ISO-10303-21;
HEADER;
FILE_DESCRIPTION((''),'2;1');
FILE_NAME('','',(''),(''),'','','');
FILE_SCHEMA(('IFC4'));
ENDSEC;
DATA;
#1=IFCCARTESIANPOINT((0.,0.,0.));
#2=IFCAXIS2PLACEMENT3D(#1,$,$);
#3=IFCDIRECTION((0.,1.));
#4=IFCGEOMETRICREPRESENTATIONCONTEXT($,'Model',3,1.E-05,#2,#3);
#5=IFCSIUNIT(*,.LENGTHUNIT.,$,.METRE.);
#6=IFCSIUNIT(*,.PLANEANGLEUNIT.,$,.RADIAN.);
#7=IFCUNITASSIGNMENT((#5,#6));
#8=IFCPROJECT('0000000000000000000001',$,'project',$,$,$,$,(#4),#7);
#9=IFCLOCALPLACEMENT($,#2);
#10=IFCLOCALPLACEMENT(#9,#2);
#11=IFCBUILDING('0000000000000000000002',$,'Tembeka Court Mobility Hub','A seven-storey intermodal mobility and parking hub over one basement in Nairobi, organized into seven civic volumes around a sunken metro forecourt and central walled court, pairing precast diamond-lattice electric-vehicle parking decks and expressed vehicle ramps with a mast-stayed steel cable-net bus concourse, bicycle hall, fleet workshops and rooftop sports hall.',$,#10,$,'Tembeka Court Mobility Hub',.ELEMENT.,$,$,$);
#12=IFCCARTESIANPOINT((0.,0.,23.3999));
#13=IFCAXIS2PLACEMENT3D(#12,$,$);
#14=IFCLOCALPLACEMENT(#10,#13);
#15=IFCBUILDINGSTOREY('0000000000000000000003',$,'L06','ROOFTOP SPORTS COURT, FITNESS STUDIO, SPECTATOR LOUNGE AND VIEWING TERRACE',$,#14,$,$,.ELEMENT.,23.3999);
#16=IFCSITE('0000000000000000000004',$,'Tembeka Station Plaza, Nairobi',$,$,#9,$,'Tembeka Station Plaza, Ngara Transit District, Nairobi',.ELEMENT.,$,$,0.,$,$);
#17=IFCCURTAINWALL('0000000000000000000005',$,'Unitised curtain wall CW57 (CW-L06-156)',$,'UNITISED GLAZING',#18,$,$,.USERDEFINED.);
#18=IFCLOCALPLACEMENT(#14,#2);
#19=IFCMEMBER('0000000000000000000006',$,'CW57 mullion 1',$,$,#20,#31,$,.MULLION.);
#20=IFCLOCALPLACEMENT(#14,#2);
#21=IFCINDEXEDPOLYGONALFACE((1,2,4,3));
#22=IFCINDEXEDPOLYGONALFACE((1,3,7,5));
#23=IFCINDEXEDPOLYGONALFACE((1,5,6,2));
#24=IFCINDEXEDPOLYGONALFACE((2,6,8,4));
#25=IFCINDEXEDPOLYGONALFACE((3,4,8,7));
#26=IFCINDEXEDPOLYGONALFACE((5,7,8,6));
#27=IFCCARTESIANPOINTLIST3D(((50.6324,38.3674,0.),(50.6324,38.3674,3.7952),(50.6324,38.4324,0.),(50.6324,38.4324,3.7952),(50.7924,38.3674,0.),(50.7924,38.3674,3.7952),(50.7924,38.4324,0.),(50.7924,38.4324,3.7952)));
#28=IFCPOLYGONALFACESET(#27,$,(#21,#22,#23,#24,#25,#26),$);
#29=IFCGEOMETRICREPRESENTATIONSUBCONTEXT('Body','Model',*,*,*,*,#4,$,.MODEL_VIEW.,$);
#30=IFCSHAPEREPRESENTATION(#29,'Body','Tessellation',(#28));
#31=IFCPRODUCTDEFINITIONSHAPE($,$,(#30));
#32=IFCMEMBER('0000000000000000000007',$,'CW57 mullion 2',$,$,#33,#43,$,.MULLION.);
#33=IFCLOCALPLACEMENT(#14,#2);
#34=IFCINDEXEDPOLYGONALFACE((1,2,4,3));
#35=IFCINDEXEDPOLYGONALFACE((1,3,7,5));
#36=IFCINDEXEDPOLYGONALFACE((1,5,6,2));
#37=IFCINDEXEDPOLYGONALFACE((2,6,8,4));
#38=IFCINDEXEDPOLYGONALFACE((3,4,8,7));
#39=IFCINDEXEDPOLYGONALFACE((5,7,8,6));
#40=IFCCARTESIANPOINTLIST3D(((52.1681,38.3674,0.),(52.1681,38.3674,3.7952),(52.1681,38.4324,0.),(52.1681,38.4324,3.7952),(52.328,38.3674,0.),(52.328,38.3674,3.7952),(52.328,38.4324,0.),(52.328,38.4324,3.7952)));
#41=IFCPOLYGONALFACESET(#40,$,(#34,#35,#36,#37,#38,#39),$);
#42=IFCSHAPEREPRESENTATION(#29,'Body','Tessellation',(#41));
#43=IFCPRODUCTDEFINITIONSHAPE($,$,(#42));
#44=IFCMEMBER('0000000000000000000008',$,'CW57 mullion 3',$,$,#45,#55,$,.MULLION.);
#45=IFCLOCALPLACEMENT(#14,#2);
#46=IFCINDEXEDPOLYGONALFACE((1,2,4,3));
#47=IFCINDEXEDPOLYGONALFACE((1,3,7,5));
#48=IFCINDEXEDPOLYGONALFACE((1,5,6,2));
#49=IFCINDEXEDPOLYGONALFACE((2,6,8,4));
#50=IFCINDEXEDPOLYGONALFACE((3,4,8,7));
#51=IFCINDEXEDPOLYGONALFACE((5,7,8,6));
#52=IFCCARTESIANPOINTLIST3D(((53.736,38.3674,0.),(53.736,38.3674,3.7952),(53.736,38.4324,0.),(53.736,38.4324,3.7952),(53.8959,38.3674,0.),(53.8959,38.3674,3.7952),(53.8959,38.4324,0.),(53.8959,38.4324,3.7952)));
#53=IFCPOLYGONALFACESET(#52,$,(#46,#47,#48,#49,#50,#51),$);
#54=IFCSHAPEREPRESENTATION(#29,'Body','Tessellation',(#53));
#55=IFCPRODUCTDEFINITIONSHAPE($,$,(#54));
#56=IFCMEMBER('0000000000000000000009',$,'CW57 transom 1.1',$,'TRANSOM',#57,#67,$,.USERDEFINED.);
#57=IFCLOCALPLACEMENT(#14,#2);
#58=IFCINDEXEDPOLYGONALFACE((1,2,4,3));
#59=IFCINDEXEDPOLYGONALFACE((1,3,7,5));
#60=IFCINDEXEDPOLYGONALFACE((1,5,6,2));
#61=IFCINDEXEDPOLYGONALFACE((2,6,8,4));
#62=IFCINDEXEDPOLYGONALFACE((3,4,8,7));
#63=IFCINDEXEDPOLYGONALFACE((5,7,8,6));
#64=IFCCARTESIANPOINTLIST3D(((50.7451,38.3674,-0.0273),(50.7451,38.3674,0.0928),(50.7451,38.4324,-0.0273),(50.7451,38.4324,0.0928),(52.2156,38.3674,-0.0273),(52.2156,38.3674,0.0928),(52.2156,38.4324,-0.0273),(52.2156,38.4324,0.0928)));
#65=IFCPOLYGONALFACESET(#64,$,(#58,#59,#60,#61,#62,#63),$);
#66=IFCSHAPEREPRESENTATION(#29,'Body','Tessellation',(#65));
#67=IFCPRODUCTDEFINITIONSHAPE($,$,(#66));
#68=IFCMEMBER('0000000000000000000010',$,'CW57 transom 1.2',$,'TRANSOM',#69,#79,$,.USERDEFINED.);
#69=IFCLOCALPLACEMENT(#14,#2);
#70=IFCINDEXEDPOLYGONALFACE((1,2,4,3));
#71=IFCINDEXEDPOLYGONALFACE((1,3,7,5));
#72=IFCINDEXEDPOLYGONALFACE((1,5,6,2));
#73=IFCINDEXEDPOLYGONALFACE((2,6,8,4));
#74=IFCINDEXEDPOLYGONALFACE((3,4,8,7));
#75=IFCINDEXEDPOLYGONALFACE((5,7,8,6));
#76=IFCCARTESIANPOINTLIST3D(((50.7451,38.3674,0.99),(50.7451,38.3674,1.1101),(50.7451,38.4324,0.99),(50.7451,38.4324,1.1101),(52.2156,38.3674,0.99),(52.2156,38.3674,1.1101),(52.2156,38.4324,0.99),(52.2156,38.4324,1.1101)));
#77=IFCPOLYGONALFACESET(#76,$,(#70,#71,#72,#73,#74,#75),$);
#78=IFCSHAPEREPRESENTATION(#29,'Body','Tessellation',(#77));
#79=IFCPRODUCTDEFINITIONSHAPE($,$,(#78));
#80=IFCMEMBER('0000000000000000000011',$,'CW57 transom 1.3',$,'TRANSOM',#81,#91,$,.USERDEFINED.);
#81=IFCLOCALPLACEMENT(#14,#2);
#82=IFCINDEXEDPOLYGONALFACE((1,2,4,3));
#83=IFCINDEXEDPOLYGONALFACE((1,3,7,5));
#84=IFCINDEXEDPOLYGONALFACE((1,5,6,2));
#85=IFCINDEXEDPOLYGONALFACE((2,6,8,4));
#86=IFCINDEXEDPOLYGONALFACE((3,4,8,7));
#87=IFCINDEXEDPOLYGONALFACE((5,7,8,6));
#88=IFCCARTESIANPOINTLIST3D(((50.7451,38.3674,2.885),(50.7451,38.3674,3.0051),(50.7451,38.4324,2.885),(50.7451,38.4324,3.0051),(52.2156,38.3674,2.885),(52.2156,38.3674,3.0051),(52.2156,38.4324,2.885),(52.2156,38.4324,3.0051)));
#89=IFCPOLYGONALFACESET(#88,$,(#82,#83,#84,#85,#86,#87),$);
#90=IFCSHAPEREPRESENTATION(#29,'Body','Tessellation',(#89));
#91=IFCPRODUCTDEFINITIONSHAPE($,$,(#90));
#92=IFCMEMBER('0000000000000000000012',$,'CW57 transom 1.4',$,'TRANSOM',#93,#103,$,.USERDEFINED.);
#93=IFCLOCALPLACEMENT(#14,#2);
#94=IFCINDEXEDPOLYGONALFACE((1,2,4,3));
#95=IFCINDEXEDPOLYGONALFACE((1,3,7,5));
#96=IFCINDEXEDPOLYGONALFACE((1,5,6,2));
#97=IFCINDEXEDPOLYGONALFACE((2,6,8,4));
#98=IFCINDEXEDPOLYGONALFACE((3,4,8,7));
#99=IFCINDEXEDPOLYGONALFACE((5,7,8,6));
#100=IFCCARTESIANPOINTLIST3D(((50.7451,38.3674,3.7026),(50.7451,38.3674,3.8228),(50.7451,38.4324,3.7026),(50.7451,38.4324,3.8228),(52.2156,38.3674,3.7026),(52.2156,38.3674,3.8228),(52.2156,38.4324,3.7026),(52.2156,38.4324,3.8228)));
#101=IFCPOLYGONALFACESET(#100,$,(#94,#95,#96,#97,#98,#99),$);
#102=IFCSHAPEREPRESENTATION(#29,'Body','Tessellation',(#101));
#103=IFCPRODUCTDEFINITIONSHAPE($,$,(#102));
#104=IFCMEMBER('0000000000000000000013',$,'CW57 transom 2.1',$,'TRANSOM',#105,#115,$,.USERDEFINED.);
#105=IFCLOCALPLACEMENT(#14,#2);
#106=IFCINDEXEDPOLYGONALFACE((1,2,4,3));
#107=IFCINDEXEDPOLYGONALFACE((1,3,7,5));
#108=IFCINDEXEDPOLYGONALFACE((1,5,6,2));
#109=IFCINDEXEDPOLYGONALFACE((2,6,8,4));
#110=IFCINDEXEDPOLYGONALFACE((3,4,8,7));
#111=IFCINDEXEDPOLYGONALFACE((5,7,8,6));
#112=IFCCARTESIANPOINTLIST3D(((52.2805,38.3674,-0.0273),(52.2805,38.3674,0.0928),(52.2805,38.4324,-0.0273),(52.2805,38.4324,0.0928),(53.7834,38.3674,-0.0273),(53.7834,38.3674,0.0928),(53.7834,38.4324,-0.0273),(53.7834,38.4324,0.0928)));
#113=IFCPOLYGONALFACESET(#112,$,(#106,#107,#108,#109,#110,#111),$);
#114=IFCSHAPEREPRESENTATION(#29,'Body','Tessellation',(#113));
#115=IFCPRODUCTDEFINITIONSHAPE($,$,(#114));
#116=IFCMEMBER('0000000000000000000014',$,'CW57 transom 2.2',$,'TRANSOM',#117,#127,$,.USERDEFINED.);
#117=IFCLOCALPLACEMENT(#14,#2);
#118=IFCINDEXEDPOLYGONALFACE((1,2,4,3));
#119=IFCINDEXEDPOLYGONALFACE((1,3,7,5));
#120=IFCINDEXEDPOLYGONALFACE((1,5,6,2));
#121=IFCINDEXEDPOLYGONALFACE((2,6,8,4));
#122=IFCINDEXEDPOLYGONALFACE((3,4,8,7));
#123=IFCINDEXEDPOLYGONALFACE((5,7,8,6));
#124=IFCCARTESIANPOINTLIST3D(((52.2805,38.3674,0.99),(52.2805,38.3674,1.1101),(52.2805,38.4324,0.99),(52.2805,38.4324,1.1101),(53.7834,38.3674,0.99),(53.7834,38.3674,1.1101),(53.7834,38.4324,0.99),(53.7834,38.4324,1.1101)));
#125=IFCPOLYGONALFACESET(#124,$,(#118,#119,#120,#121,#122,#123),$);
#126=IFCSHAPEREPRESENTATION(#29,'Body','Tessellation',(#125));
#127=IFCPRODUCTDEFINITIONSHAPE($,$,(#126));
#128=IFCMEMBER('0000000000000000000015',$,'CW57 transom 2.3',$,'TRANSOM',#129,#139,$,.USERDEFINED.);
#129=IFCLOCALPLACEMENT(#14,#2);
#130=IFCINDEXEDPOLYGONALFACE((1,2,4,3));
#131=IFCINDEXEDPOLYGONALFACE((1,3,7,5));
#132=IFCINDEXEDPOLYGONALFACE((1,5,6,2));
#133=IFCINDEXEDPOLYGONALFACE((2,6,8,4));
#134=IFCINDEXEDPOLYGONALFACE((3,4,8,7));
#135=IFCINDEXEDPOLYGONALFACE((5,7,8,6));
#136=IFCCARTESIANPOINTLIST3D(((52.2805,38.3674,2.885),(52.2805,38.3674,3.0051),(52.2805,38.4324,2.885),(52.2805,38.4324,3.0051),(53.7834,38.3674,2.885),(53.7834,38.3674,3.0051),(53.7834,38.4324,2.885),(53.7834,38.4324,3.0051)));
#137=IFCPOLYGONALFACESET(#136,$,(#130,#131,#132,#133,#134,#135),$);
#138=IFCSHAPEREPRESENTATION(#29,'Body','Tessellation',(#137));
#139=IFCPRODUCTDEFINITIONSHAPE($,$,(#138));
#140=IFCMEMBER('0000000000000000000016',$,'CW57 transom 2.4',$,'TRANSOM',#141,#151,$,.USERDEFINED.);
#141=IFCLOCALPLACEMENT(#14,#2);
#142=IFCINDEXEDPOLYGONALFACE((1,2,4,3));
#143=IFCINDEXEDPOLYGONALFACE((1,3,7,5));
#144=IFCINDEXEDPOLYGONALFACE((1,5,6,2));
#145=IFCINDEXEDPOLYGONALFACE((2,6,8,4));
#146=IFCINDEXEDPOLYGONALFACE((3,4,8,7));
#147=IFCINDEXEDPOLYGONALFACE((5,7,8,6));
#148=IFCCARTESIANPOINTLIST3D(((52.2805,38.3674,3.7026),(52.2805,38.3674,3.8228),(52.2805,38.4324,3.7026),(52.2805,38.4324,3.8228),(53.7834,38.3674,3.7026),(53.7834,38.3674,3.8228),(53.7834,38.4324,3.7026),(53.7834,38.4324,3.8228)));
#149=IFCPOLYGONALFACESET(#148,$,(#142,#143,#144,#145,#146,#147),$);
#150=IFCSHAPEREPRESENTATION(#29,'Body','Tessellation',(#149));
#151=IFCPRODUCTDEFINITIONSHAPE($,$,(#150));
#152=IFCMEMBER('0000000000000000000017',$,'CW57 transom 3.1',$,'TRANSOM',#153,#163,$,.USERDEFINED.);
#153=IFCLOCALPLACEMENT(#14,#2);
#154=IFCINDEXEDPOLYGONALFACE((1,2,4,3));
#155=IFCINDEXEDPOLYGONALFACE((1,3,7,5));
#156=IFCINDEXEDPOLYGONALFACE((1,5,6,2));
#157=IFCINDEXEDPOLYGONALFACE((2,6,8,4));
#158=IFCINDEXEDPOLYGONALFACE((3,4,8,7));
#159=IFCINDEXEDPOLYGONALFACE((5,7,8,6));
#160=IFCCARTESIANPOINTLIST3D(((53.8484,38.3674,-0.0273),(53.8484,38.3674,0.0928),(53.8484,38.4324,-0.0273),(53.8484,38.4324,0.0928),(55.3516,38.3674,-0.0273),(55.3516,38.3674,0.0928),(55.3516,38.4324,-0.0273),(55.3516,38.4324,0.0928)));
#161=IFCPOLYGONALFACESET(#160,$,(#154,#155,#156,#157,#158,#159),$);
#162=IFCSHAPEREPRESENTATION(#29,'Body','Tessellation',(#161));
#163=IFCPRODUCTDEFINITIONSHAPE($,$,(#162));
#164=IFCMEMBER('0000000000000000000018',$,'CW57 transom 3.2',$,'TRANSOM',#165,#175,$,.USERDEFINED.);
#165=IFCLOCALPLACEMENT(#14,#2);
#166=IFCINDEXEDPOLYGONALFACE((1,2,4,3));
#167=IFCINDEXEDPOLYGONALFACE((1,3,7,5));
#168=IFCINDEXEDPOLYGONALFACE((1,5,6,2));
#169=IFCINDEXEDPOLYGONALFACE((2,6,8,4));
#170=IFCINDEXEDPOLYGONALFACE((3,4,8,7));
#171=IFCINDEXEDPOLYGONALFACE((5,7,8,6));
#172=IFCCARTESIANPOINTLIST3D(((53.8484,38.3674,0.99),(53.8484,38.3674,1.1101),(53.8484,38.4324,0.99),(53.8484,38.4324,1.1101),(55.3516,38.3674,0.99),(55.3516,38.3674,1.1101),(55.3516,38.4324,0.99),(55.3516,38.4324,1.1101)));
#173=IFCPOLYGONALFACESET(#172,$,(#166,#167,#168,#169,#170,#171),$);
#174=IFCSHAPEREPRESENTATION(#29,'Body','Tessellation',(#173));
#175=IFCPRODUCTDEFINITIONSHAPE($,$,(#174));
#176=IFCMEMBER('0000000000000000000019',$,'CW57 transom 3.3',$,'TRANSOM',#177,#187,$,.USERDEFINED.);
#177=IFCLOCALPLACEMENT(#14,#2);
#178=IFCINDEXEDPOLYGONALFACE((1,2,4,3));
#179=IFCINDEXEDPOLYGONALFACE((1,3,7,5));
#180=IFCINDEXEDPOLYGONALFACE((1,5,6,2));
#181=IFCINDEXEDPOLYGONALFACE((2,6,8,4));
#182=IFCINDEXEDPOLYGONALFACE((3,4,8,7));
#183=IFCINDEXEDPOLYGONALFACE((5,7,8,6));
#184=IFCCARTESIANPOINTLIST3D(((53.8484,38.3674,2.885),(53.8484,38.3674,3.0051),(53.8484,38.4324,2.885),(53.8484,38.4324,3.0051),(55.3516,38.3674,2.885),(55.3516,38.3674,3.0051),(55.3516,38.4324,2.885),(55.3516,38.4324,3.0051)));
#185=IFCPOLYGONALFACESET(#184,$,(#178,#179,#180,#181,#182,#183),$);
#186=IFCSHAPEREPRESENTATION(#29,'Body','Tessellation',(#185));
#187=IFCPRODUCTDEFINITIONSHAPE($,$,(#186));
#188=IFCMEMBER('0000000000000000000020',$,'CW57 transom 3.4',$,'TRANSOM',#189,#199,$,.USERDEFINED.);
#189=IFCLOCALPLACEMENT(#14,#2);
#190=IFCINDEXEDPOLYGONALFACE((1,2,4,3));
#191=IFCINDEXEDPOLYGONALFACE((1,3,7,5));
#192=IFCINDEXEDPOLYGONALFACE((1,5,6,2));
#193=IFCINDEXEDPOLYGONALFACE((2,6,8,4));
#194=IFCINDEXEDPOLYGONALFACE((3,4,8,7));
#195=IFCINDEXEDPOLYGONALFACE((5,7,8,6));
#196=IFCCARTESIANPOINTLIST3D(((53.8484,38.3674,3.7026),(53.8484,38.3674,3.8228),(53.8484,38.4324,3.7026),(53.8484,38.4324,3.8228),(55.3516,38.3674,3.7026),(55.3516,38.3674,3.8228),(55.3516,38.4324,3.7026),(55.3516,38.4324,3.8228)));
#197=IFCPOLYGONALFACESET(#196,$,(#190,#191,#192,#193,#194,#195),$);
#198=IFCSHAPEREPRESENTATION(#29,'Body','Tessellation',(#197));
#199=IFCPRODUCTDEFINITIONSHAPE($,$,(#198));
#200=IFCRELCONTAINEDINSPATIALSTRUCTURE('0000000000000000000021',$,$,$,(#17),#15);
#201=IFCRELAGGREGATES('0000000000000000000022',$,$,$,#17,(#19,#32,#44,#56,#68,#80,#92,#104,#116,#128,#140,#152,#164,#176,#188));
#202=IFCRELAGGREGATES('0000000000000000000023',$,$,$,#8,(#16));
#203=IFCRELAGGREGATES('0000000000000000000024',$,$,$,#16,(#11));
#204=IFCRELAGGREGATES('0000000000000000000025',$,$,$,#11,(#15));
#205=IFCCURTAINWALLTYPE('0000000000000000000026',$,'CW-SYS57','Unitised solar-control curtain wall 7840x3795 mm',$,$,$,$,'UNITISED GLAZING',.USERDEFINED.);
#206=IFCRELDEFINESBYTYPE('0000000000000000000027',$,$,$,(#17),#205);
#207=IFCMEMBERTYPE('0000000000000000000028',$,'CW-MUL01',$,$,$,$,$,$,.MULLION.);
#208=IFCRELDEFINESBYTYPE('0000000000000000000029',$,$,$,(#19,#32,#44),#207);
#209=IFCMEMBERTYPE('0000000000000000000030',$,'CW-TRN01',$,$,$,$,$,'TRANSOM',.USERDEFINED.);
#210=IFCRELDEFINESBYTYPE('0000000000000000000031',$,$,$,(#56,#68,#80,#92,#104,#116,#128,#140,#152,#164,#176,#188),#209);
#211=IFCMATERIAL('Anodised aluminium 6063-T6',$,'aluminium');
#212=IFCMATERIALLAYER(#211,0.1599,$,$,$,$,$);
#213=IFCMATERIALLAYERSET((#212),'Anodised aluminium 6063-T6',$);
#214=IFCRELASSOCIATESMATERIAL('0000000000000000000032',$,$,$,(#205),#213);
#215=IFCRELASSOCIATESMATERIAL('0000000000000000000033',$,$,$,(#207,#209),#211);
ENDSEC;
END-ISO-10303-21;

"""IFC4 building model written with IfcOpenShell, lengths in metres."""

from ifc_helpers import new_model, si_unit, direction, frame, origin, origin_2d, place, context, subcontext, project, spatial, rectangle, extrude, material, layer, layer_set, material_profile, profile_set, type_object, element, aggregate, save


model = new_model("IFC4")

# Units and contexts
model_context = context("Model", 3, precision=1e-05, world=origin(), true_north=direction((0.0, 1.0)))
body_context = subcontext(model_context, "Body", "Model", "MODEL_VIEW")
ifc_project = project(units=[si_unit("LENGTHUNIT", "METRE"), si_unit("PLANEANGLEUNIT", "RADIAN")], contexts=[model_context])

# Site, building, storey
site_placement = place(None, origin())
site = spatial("IfcSite", under=ifc_project, at=site_placement, Name="Tembeka Station Plaza, Nairobi", LongName="Tembeka Station Plaza, Ngara Transit District, Nairobi", CompositionType="ELEMENT", RefElevation=0.0)
building_placement = place(site_placement, origin())
building = spatial("IfcBuilding", under=site, at=building_placement, Name="Tembeka Court Mobility Hub", Description="A seven-storey intermodal mobility and parking hub over one basement in Nairobi, organized into seven civic volumes around a sunken metro forecourt and central walled court, pairing precast diamond-lattice electric-vehicle parking decks and expressed vehicle ramps with a mast-stayed steel cable-net bus concourse, bicycle hall, fleet workshops and rooftop sports hall.", LongName="Tembeka Court Mobility Hub", CompositionType="ELEMENT")
storey_placement = place(building_placement, frame((0.0, 0.0, 23.3999)))
storey = spatial("IfcBuildingStorey", under=building, at=storey_placement, Name="L06", Description="ROOFTOP SPORTS COURT, FITNESS STUDIO, SPECTATOR LOUNGE AND VIEWING TERRACE", CompositionType="ELEMENT", Elevation=23.3999)

# Curtain wall, members
ifc_material_1 = material(Name="Anodised aluminium 6063-T6", Category="aluminium")
ifc_layer_1 = layer(ifc_material_1, 0.1599)
ifc_layer_set_1 = layer_set([ifc_layer_1], Name="Anodised aluminium 6063-T6")
curtain_wall_type = type_object("IfcCurtainWallType", Name="CW-SYS57", Description="Unitised solar-control curtain wall 7840x3795 mm", ElementType="UNITISED GLAZING", PredefinedType="USERDEFINED", material=ifc_layer_set_1)
curtain_wall_placement = place(storey_placement, origin())
curtain_wall = element("IfcCurtainWall", 1, at=curtain_wall_placement, inside=storey, type_object=curtain_wall_type, Name="Unitised curtain wall CW57 (CW-L06-156)", ObjectType="UNITISED GLAZING", PredefinedType="USERDEFINED")
ifc_material_profile_1 = material_profile(ifc_material_1, rectangle(XDim=0.0649, YDim=0.1599, at=origin_2d()), Name="ALU-MUL 65x160")
ifc_profile_set_1 = profile_set([ifc_material_profile_1], Name="Anodised aluminium 6063-T6")
member_type_1 = type_object("IfcMemberType", Name="CW-MUL01", PredefinedType="MULLION", material=ifc_profile_set_1)
member_1_placement = place(storey_placement, frame((50.7124, 38.3999, 0.0), z_axis=(0.0, 0.0, 1.0), x_axis=(0.0, 1.0, 0.0)))
member_1 = element("IfcMember", 2, at=member_1_placement, type_object=member_type_1, Name="CW57 mullion 1", PredefinedType="MULLION", context=body_context, shape_type="SweptSolid", body=[
    extrude(rectangle(XDim=0.0649, YDim=0.1599, at=origin_2d()), origin(), (0.0, 0.0, 1.0), 3.7952),
])
member_2_placement = place(storey_placement, frame((52.248, 38.3999, 0.0), z_axis=(0.0, 0.0, 1.0), x_axis=(0.0, 1.0, 0.0)))
member_2 = element("IfcMember", 3, at=member_2_placement, type_object=member_type_1, Name="CW57 mullion 2", PredefinedType="MULLION", context=body_context, shape_type="SweptSolid", body=[
    extrude(rectangle(XDim=0.0649, YDim=0.1599, at=origin_2d()), origin(), (0.0, 0.0, 1.0), 3.7952),
])
member_3_placement = place(storey_placement, frame((53.8159, 38.3999, 0.0), z_axis=(0.0, 0.0, 1.0), x_axis=(0.0, 1.0, 0.0)))
member_3 = element("IfcMember", 4, at=member_3_placement, type_object=member_type_1, Name="CW57 mullion 3", PredefinedType="MULLION", context=body_context, shape_type="SweptSolid", body=[
    extrude(rectangle(XDim=0.0649, YDim=0.1599, at=origin_2d()), origin(), (0.0, 0.0, 1.0), 3.7952),
])
ifc_material_profile_2 = material_profile(ifc_material_1, rectangle(XDim=0.0649, YDim=0.1201, at=origin_2d()), Name="ALU-TRN 65x120")
ifc_profile_set_2 = profile_set([ifc_material_profile_2], Name="Anodised aluminium 6063-T6")
member_type_2 = type_object("IfcMemberType", Name="CW-TRN01", ElementType="TRANSOM", PredefinedType="USERDEFINED", material=ifc_profile_set_2)
member_4_placement = place(storey_placement, frame((50.7451, 38.3999, 0.0327), z_axis=(1.0, 0.0, 0.0), x_axis=(0.0, 1.0, 0.0)))
member_4 = element("IfcMember", 5, at=member_4_placement, type_object=member_type_2, Name="CW57 transom 1.1", ObjectType="TRANSOM", PredefinedType="USERDEFINED", context=body_context, shape_type="SweptSolid", body=[
    extrude(rectangle(XDim=0.0649, YDim=0.1201, at=origin_2d()), origin(), (0.0, 0.0, 1.0), 1.4705),
])
member_5_placement = place(storey_placement, frame((50.7451, 38.3999, 1.05), z_axis=(1.0, 0.0, 0.0), x_axis=(0.0, 1.0, 0.0)))
member_5 = element("IfcMember", 6, at=member_5_placement, type_object=member_type_2, Name="CW57 transom 1.2", ObjectType="TRANSOM", PredefinedType="USERDEFINED", context=body_context, shape_type="SweptSolid", body=[
    extrude(rectangle(XDim=0.0649, YDim=0.1201, at=origin_2d()), origin(), (0.0, 0.0, 1.0), 1.4705),
])
member_6_placement = place(storey_placement, frame((50.7451, 38.3999, 2.9451), z_axis=(1.0, 0.0, 0.0), x_axis=(0.0, 1.0, 0.0)))
member_6 = element("IfcMember", 7, at=member_6_placement, type_object=member_type_2, Name="CW57 transom 1.3", ObjectType="TRANSOM", PredefinedType="USERDEFINED", context=body_context, shape_type="SweptSolid", body=[
    extrude(rectangle(XDim=0.0649, YDim=0.1201, at=origin_2d()), origin(), (0.0, 0.0, 1.0), 1.4705),
])
member_7_placement = place(storey_placement, frame((50.7451, 38.3999, 3.7627), z_axis=(1.0, 0.0, 0.0), x_axis=(0.0, 1.0, 0.0)))
member_7 = element("IfcMember", 8, at=member_7_placement, type_object=member_type_2, Name="CW57 transom 1.4", ObjectType="TRANSOM", PredefinedType="USERDEFINED", context=body_context, shape_type="SweptSolid", body=[
    extrude(rectangle(XDim=0.0649, YDim=0.1201, at=origin_2d()), origin(), (0.0, 0.0, 1.0), 1.4705),
])
member_8_placement = place(storey_placement, frame((52.2805, 38.3999, 0.0327), z_axis=(1.0, 0.0, 0.0), x_axis=(0.0, 1.0, 0.0)))
member_8 = element("IfcMember", 9, at=member_8_placement, type_object=member_type_2, Name="CW57 transom 2.1", ObjectType="TRANSOM", PredefinedType="USERDEFINED", context=body_context, shape_type="SweptSolid", body=[
    extrude(rectangle(XDim=0.0649, YDim=0.1201, at=origin_2d()), origin(), (0.0, 0.0, 1.0), 1.5029),
])
member_9_placement = place(storey_placement, frame((52.2805, 38.3999, 1.05), z_axis=(1.0, 0.0, 0.0), x_axis=(0.0, 1.0, 0.0)))
member_9 = element("IfcMember", 10, at=member_9_placement, type_object=member_type_2, Name="CW57 transom 2.2", ObjectType="TRANSOM", PredefinedType="USERDEFINED", context=body_context, shape_type="SweptSolid", body=[
    extrude(rectangle(XDim=0.0649, YDim=0.1201, at=origin_2d()), origin(), (0.0, 0.0, 1.0), 1.5029),
])
member_10_placement = place(storey_placement, frame((52.2805, 38.3999, 2.9451), z_axis=(1.0, 0.0, 0.0), x_axis=(0.0, 1.0, 0.0)))
member_10 = element("IfcMember", 11, at=member_10_placement, type_object=member_type_2, Name="CW57 transom 2.3", ObjectType="TRANSOM", PredefinedType="USERDEFINED", context=body_context, shape_type="SweptSolid", body=[
    extrude(rectangle(XDim=0.0649, YDim=0.1201, at=origin_2d()), origin(), (0.0, 0.0, 1.0), 1.5029),
])
member_11_placement = place(storey_placement, frame((52.2805, 38.3999, 3.7627), z_axis=(1.0, 0.0, 0.0), x_axis=(0.0, 1.0, 0.0)))
member_11 = element("IfcMember", 12, at=member_11_placement, type_object=member_type_2, Name="CW57 transom 2.4", ObjectType="TRANSOM", PredefinedType="USERDEFINED", context=body_context, shape_type="SweptSolid", body=[
    extrude(rectangle(XDim=0.0649, YDim=0.1201, at=origin_2d()), origin(), (0.0, 0.0, 1.0), 1.5029),
])
member_12_placement = place(storey_placement, frame((53.8484, 38.3999, 0.0327), z_axis=(1.0, 0.0, 0.0), x_axis=(0.0, 1.0, 0.0)))
member_12 = element("IfcMember", 13, at=member_12_placement, type_object=member_type_2, Name="CW57 transom 3.1", ObjectType="TRANSOM", PredefinedType="USERDEFINED", context=body_context, shape_type="SweptSolid", body=[
    extrude(rectangle(XDim=0.0649, YDim=0.1201, at=origin_2d()), origin(), (0.0, 0.0, 1.0), 1.5032),
])
member_13_placement = place(storey_placement, frame((53.8484, 38.3999, 1.05), z_axis=(1.0, 0.0, 0.0), x_axis=(0.0, 1.0, 0.0)))
member_13 = element("IfcMember", 14, at=member_13_placement, type_object=member_type_2, Name="CW57 transom 3.2", ObjectType="TRANSOM", PredefinedType="USERDEFINED", context=body_context, shape_type="SweptSolid", body=[
    extrude(rectangle(XDim=0.0649, YDim=0.1201, at=origin_2d()), origin(), (0.0, 0.0, 1.0), 1.5032),
])
member_14_placement = place(storey_placement, frame((53.8484, 38.3999, 2.9451), z_axis=(1.0, 0.0, 0.0), x_axis=(0.0, 1.0, 0.0)))
member_14 = element("IfcMember", 15, at=member_14_placement, type_object=member_type_2, Name="CW57 transom 3.3", ObjectType="TRANSOM", PredefinedType="USERDEFINED", context=body_context, shape_type="SweptSolid", body=[
    extrude(rectangle(XDim=0.0649, YDim=0.1201, at=origin_2d()), origin(), (0.0, 0.0, 1.0), 1.5032),
])
member_15_placement = place(storey_placement, frame((53.8484, 38.3999, 3.7627), z_axis=(1.0, 0.0, 0.0), x_axis=(0.0, 1.0, 0.0)))
member_15 = element("IfcMember", 16, at=member_15_placement, type_object=member_type_2, Name="CW57 transom 3.4", ObjectType="TRANSOM", PredefinedType="USERDEFINED", context=body_context, shape_type="SweptSolid", body=[
    extrude(rectangle(XDim=0.0649, YDim=0.1201, at=origin_2d()), origin(), (0.0, 0.0, 1.0), 1.5032),
])
aggregate(curtain_wall, [member_1, member_2, member_3, member_4, member_5, member_6, member_7, member_8, member_9, member_10, member_11, member_12, member_13, member_14, member_15])

save(model, "model.ifc")
